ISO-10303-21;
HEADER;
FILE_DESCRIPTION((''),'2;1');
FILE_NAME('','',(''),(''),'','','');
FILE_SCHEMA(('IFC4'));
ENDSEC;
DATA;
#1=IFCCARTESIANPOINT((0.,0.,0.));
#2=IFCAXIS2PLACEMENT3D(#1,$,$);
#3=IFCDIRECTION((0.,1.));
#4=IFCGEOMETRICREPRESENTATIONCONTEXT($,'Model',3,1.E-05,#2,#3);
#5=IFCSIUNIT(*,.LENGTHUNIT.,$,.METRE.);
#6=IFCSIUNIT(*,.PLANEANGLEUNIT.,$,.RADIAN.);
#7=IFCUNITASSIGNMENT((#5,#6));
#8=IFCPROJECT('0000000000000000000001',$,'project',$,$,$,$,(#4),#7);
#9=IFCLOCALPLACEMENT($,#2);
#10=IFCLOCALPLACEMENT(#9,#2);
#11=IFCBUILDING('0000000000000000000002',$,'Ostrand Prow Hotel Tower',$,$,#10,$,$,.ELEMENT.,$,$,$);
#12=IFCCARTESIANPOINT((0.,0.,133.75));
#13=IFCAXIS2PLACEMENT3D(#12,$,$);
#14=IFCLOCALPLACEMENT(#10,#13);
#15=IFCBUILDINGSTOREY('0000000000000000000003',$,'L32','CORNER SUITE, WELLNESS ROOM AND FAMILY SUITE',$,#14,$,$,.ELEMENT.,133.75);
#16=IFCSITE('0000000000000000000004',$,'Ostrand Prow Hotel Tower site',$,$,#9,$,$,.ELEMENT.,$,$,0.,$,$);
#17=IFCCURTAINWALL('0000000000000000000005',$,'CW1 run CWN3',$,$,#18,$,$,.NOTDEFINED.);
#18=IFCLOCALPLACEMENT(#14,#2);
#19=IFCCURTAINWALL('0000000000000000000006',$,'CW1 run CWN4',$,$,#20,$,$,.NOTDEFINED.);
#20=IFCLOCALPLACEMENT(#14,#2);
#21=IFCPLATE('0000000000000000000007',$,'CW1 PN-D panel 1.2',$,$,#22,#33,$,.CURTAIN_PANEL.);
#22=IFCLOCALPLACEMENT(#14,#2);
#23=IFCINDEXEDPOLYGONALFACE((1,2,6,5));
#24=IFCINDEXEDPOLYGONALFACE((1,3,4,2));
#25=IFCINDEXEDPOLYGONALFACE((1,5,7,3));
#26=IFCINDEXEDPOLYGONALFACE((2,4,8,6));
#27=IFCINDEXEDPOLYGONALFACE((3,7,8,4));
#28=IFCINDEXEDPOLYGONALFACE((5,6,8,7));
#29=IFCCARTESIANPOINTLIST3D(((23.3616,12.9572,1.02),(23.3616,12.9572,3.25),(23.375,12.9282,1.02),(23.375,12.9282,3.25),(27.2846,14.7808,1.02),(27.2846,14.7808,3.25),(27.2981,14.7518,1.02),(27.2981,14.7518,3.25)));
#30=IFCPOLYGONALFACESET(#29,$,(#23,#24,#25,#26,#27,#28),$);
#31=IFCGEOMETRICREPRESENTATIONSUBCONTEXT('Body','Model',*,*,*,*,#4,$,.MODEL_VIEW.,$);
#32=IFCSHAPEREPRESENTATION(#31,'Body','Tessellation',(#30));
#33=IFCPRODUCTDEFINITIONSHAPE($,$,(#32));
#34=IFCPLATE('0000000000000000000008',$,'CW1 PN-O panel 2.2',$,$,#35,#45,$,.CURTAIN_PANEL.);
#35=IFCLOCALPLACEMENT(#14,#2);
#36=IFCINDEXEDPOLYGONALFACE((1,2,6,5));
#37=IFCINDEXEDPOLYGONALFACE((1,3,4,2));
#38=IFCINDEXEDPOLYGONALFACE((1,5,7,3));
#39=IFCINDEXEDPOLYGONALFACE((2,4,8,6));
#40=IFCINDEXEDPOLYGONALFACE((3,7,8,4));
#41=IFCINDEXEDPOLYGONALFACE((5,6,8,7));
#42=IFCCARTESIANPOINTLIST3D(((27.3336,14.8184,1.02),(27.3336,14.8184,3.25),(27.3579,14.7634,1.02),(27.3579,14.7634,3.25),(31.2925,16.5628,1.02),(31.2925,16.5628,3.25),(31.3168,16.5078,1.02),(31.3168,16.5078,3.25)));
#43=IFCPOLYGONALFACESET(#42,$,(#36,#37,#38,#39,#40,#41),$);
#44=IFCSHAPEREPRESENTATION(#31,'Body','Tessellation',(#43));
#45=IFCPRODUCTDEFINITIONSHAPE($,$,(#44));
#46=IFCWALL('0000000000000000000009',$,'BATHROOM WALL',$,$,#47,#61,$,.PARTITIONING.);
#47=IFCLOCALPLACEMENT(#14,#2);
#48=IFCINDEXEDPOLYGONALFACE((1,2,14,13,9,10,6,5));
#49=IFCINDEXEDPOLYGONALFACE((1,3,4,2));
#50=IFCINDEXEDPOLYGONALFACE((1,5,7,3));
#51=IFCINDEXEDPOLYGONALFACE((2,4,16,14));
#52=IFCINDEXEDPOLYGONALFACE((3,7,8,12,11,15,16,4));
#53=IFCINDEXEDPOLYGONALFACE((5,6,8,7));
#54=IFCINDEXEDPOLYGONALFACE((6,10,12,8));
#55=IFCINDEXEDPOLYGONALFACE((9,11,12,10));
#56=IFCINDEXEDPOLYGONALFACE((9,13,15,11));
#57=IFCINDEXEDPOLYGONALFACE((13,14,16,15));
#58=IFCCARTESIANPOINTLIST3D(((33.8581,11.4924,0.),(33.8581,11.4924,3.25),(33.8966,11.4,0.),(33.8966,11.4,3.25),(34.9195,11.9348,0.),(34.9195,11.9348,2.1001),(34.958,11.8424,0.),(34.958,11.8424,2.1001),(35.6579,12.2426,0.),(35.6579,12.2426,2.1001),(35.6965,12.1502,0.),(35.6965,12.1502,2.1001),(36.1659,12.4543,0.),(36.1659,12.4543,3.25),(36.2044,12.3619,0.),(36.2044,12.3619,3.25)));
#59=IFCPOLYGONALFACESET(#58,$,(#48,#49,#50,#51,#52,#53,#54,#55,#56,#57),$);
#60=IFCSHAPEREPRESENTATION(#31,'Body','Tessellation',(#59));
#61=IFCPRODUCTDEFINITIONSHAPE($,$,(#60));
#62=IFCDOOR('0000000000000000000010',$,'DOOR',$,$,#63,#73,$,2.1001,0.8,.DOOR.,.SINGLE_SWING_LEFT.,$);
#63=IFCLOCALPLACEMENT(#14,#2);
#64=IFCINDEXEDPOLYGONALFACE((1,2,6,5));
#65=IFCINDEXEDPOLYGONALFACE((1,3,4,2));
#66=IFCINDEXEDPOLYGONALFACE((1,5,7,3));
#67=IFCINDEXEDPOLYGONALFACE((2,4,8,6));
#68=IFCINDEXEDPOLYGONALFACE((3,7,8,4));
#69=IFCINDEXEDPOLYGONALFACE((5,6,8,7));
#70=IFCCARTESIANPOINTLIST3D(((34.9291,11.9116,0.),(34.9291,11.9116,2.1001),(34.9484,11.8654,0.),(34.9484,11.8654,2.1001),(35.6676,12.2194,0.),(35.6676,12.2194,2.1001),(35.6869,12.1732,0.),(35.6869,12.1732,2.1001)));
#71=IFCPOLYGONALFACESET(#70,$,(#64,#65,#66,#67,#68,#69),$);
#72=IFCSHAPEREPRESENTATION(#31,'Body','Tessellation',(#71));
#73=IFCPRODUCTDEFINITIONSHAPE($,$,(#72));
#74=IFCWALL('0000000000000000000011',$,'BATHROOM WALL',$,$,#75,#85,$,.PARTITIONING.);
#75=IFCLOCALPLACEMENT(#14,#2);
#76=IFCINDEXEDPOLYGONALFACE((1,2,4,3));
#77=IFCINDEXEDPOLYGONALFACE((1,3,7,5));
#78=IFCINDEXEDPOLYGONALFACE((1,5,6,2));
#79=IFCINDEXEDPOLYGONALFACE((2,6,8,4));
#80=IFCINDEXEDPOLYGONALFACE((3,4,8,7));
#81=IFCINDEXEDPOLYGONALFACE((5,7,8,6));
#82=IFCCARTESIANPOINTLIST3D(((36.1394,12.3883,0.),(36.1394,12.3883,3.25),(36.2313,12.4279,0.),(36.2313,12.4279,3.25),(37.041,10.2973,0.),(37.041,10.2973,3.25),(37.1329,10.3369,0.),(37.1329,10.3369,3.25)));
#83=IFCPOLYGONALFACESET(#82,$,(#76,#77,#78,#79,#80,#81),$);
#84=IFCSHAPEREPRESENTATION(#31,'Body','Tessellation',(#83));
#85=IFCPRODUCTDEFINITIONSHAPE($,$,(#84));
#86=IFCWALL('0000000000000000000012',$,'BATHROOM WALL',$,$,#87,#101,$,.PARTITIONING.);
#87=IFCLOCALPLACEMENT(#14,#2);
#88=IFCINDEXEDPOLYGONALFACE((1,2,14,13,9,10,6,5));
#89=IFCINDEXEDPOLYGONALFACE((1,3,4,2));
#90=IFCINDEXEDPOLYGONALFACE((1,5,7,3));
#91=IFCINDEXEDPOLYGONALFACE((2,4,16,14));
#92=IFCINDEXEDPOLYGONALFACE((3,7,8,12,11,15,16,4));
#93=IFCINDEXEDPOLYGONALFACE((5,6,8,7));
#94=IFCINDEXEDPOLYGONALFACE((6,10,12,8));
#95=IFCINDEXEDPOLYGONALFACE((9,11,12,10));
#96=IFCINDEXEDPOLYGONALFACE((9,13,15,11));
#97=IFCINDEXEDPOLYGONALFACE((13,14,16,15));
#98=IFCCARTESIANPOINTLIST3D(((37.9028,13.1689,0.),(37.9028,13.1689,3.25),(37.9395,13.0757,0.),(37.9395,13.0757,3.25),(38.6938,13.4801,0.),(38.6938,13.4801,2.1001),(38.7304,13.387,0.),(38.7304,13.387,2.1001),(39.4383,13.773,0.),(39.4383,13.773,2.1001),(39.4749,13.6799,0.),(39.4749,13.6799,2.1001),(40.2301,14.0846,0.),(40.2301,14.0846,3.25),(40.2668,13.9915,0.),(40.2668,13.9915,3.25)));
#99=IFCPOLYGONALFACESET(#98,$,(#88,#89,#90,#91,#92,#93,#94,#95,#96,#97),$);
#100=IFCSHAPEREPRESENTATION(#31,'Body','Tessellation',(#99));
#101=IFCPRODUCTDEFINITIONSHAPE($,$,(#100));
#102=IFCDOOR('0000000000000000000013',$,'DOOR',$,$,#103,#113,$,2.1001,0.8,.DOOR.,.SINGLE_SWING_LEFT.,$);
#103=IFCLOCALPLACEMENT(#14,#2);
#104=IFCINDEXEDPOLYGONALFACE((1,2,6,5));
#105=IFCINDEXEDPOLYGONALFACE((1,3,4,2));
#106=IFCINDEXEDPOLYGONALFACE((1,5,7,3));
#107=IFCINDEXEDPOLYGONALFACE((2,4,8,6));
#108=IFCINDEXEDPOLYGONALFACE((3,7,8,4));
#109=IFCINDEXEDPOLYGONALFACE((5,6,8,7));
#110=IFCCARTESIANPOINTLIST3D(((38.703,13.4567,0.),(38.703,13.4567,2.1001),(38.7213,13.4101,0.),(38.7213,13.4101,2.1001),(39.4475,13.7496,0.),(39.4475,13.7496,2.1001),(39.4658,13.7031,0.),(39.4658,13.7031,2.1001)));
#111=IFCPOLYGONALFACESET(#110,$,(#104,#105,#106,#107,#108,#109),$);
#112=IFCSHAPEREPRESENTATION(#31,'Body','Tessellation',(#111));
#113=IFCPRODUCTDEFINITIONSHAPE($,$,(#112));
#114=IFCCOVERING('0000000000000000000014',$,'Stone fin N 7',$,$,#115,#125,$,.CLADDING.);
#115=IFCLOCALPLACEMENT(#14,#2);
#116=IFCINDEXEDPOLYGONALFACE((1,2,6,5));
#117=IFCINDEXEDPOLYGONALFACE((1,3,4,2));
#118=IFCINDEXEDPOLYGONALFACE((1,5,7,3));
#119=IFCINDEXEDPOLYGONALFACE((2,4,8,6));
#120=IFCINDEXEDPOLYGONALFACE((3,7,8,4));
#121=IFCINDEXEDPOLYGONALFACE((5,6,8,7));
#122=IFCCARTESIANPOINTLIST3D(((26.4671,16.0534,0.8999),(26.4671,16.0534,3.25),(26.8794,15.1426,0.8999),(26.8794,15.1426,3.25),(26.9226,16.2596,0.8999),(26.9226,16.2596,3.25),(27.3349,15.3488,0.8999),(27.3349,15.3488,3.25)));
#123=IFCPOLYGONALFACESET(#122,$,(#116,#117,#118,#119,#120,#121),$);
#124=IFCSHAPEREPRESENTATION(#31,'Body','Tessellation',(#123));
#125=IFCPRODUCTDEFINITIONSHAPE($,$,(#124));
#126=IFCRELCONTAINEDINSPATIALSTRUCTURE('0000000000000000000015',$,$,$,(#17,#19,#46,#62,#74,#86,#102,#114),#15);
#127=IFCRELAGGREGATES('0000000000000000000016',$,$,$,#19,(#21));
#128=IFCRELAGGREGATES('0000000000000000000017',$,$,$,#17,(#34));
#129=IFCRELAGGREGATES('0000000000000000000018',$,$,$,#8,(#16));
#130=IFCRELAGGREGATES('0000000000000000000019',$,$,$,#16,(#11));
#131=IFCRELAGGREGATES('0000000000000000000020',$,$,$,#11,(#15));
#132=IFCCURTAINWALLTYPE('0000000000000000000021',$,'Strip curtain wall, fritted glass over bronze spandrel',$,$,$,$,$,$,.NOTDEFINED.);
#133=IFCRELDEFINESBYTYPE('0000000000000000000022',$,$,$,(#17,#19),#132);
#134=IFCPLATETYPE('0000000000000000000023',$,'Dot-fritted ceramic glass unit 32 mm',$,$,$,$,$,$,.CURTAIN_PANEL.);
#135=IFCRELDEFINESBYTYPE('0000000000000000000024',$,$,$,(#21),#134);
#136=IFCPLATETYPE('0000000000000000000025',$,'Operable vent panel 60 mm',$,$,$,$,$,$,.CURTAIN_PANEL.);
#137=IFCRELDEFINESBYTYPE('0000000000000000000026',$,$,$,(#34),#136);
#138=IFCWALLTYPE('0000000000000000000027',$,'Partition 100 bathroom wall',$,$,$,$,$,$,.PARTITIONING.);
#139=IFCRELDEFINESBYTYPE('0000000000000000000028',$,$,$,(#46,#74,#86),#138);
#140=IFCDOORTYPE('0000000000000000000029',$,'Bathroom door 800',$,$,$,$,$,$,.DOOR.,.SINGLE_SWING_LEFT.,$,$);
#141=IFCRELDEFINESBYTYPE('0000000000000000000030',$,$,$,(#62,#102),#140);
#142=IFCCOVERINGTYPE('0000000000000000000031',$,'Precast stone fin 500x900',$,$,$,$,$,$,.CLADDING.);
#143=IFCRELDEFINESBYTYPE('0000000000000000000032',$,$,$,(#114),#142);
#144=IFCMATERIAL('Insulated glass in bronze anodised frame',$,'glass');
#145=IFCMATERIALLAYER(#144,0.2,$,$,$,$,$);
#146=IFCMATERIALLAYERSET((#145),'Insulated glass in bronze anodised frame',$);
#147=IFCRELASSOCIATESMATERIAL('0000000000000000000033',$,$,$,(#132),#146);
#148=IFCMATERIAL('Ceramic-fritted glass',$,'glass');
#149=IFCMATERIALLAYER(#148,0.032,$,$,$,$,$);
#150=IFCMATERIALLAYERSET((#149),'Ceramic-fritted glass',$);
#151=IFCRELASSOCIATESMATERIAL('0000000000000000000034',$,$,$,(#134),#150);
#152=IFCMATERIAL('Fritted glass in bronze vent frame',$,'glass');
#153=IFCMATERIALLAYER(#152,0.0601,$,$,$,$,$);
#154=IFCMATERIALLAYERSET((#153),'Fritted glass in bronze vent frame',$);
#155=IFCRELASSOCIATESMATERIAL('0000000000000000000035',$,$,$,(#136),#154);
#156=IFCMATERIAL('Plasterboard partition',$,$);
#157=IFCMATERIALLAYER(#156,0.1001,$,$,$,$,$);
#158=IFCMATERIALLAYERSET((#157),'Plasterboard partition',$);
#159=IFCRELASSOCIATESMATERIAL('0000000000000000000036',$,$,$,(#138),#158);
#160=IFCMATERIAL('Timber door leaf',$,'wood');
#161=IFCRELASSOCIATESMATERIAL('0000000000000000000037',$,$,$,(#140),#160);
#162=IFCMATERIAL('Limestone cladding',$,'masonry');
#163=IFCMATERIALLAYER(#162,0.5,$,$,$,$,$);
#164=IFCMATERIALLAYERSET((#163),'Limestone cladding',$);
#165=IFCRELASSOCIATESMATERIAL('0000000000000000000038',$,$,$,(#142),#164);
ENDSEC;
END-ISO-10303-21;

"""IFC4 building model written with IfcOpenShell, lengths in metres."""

from ifc_helpers import new_model, si_unit, direction, frame, frame_2d, origin, origin_2d, place, context, subcontext, project, spatial, rectangle, extrude, material, layer, layer_set, type_object, element, fill, aggregate, save


model = new_model("IFC4")

# Units and contexts
model_context = context("Model", 3, precision=1e-05, world=origin(), true_north=direction((0.0, 1.0)))
body_context = subcontext(model_context, "Body", "Model", "MODEL_VIEW")
ifc_project = project(units=[si_unit("LENGTHUNIT", "METRE"), si_unit("PLANEANGLEUNIT", "RADIAN")], contexts=[model_context])

# Site, building, storey
site_placement = place(None, origin())
site = spatial("IfcSite", under=ifc_project, at=site_placement, Name="Ostrand Prow Hotel Tower site", CompositionType="ELEMENT", RefElevation=0.0)
building_placement = place(site_placement, origin())
building = spatial("IfcBuilding", under=site, at=building_placement, Name="Ostrand Prow Hotel Tower", CompositionType="ELEMENT")
storey_placement = place(building_placement, frame((0.0, 0.0, 133.75)))
storey = spatial("IfcBuildingStorey", under=building, at=storey_placement, Name="L32", Description="CORNER SUITE, WELLNESS ROOM AND FAMILY SUITE", CompositionType="ELEMENT", Elevation=133.75)

# Shared definitions
ifc_material_1 = material(Name="Insulated glass in bronze anodised frame", Category="glass")
ifc_layer_1 = layer(ifc_material_1, 0.2)
ifc_layer_set_1 = layer_set([ifc_layer_1], Name="Insulated glass in bronze anodised frame")
curtain_wall_type = type_object("IfcCurtainWallType", Name="Strip curtain wall, fritted glass over bronze spandrel", PredefinedType="NOTDEFINED", material=ifc_layer_set_1)

# Curtain wall
curtain_wall_1_placement = place(storey_placement, origin())
curtain_wall_1 = element("IfcCurtainWall", 1, at=curtain_wall_1_placement, inside=storey, type_object=curtain_wall_type, Name="CW1 run CWN3", PredefinedType="NOTDEFINED")

# Curtain wall
curtain_wall_2_placement = place(storey_placement, origin())
curtain_wall_2 = element("IfcCurtainWall", 2, at=curtain_wall_2_placement, inside=storey, type_object=curtain_wall_type, Name="CW1 run CWN4", PredefinedType="NOTDEFINED")

# Plates
ifc_material_2 = material(Name="Ceramic-fritted glass", Category="glass")
ifc_layer_2 = layer(ifc_material_2, 0.032)
ifc_layer_set_2 = layer_set([ifc_layer_2], Name="Ceramic-fritted glass")
plate_type_1 = type_object("IfcPlateType", Name="Dot-fritted ceramic glass unit 32 mm", PredefinedType="CURTAIN_PANEL", material=ifc_layer_set_2)
plate_1_placement = place(storey_placement, frame((25.3298, 13.8545, 1.02), z_axis=(0.0, 0.0, 1.0), x_axis=(-0.906818, -0.421522, 0.0)))
plate_1 = element("IfcPlate", 3, at=plate_1_placement, type_object=plate_type_1, Name="CW1 PN-D panel 1.2", PredefinedType="CURTAIN_PANEL", context=body_context, shape_type="SweptSolid", body=[
    extrude(rectangle(XDim=4.3262, YDim=0.032, at=origin_2d()), origin(), (0.0, 0.0, 1.0), 2.23),
])
aggregate(curtain_wall_2, [plate_1])
ifc_material_3 = material(Name="Fritted glass in bronze vent frame", Category="glass")
ifc_layer_3 = layer(ifc_material_3, 0.0601)
ifc_layer_set_3 = layer_set([ifc_layer_3], Name="Fritted glass in bronze vent frame")
plate_type_2 = type_object("IfcPlateType", Name="Operable vent panel 60 mm", PredefinedType="CURTAIN_PANEL", material=ifc_layer_set_3)
plate_2_placement = place(storey_placement, frame((29.3252, 15.6631, 1.02), z_axis=(0.0, 0.0, 1.0), x_axis=(-0.915106, -0.403213, 0.0)))
plate_2 = element("IfcPlate", 4, at=plate_2_placement, type_object=plate_type_2, Name="CW1 PN-O panel 2.2", PredefinedType="CURTAIN_PANEL", context=body_context, shape_type="SweptSolid", body=[
    extrude(rectangle(XDim=4.3262, YDim=0.0601, at=origin_2d()), origin(), (0.0, 0.0, 1.0), 2.23),
])
aggregate(curtain_wall_1, [plate_2])

# Wall, opening, door
ifc_material_4 = material(Name="Plasterboard partition")
ifc_layer_4 = layer(ifc_material_4, 0.1001)
ifc_layer_set_4 = layer_set([ifc_layer_4], Name="Plasterboard partition")
wall_type = type_object("IfcWallType", Name="Partition 100 bathroom wall", PredefinedType="PARTITIONING", material=ifc_layer_set_4)
wall_1_placement = place(storey_placement, frame((33.8774, 11.4463, 0.0), z_axis=(0.0, 0.0, 1.0), x_axis=(0.923034, 0.384719, 0.0)))
wall_1 = element("IfcWall", 5, at=wall_1_placement, inside=storey, type_object=wall_type, Name="BATHROOM WALL", PredefinedType="PARTITIONING", context=body_context, shape_type="SweptSolid", body=[
    extrude(rectangle(XDim=2.5002, YDim=0.1001, at=frame_2d((1.25, 0.0))), origin(), (0.0, 0.0, 1.0), 3.25),
])
opening_1_placement = place(wall_1_placement, frame((1.1499, 0.0, 0.0)))
opening_1 = element("IfcOpeningElement", 6, at=opening_1_placement, cuts=wall_1, PredefinedType="OPENING", context=body_context, shape_type="SweptSolid", body=[
    extrude(rectangle(XDim=0.8, YDim=2.1001, at=frame_2d((0.3999, 1.05))), frame((0.0, 0.0601, 0.0), z_axis=(0.0, -1.0, 0.0), x_axis=(1.0, 0.0, 0.0)), (0.0, 0.0, 1.0), 0.1201),
])
ifc_material_5 = material(Name="Timber door leaf", Category="wood")
door_type = type_object("IfcDoorType", Name="Bathroom door 800", OperationType="SINGLE_SWING_LEFT", PredefinedType="DOOR", material=ifc_material_5)
door_1_placement = place(opening_1_placement, origin())
door_1 = element("IfcDoor", 7, at=door_1_placement, inside=storey, type_object=door_type, Name="DOOR", OperationType="SINGLE_SWING_LEFT", OverallHeight=2.1001, OverallWidth=0.8, PredefinedType="DOOR", context=body_context, shape_type="SweptSolid", body=[
    extrude(rectangle(XDim=0.8, YDim=2.1001, at=frame_2d((0.3999, 1.05))), frame((0.0, 0.0249, 0.0), z_axis=(0.0, -1.0, 0.0), x_axis=(1.0, 0.0, 0.0)), (0.0, 0.0, 1.0), 0.05),
])
fill(opening_1, door_1)

# Wall
wall_2_placement = place(storey_placement, frame((36.1853, 12.4082, 0.0), z_axis=(0.0, 0.0, 1.0), x_axis=(0.395937, -0.918278, 0.0)))
element("IfcWall", 8, at=wall_2_placement, inside=storey, type_object=wall_type, Name="BATHROOM WALL", PredefinedType="PARTITIONING", context=body_context, shape_type="SweptSolid", body=[
    extrude(rectangle(XDim=2.2771, YDim=0.1001, at=frame_2d((1.1387, 0.0))), origin(), (0.0, 0.0, 1.0), 3.25),
])

# Wall, opening, door
wall_3_placement = place(storey_placement, frame((37.9211, 13.1223, 0.0), z_axis=(0.0, 0.0, 1.0), x_axis=(0.930556, 0.366151, 0.0)))
wall_3 = element("IfcWall", 9, at=wall_3_placement, inside=storey, type_object=wall_type, Name="BATHROOM WALL", PredefinedType="PARTITIONING", context=body_context, shape_type="SweptSolid", body=[
    extrude(rectangle(XDim=2.501, YDim=0.1001, at=frame_2d((1.2505, 0.0))), origin(), (0.0, 0.0, 1.0), 3.25),
])
opening_2_placement = place(wall_3_placement, frame((0.8501, 0.0, 0.0)))
opening_2 = element("IfcOpeningElement", 10, at=opening_2_placement, cuts=wall_3, PredefinedType="OPENING", context=body_context, shape_type="SweptSolid", body=[
    extrude(rectangle(XDim=0.8, YDim=2.1001, at=frame_2d((0.3999, 1.05))), frame((0.0, 0.0601, 0.0), z_axis=(0.0, -1.0, 0.0), x_axis=(1.0, 0.0, 0.0)), (0.0, 0.0, 1.0), 0.1201),
])
door_2_placement = place(opening_2_placement, origin())
door_2 = element("IfcDoor", 11, at=door_2_placement, inside=storey, type_object=door_type, Name="DOOR", OperationType="SINGLE_SWING_LEFT", OverallHeight=2.1001, OverallWidth=0.8, PredefinedType="DOOR", context=body_context, shape_type="SweptSolid", body=[
    extrude(rectangle(XDim=0.8, YDim=2.1001, at=frame_2d((0.3999, 1.05))), frame((0.0, 0.0249, 0.0), z_axis=(0.0, -1.0, 0.0), x_axis=(1.0, 0.0, 0.0)), (0.0, 0.0, 1.0), 0.05),
])
fill(opening_2, door_2)

# Covering
ifc_material_6 = material(Name="Limestone cladding", Category="masonry")
ifc_layer_5 = layer(ifc_material_6, 0.5)
ifc_layer_set_5 = layer_set([ifc_layer_5], Name="Limestone cladding")
covering_type = type_object("IfcCoveringType", Name="Precast stone fin 500x900", PredefinedType="CLADDING", material=ifc_layer_set_5)
covering_placement = place(storey_placement, frame((27.1072, 15.2456, 0.8999), z_axis=(0.0, 0.0, 1.0), x_axis=(-0.412404, 0.911001, 0.0)))
element("IfcCovering", 12, at=covering_placement, inside=storey, type_object=covering_type, Name="Stone fin N 7", PredefinedType="CLADDING", context=body_context, shape_type="SweptSolid", body=[
    extrude(rectangle(XDim=0.9998, YDim=0.5, at=frame_2d((0.5, 0.0))), origin(), (0.0, 0.0, 1.0), 2.3501),
])

save(model, "model.ifc")
